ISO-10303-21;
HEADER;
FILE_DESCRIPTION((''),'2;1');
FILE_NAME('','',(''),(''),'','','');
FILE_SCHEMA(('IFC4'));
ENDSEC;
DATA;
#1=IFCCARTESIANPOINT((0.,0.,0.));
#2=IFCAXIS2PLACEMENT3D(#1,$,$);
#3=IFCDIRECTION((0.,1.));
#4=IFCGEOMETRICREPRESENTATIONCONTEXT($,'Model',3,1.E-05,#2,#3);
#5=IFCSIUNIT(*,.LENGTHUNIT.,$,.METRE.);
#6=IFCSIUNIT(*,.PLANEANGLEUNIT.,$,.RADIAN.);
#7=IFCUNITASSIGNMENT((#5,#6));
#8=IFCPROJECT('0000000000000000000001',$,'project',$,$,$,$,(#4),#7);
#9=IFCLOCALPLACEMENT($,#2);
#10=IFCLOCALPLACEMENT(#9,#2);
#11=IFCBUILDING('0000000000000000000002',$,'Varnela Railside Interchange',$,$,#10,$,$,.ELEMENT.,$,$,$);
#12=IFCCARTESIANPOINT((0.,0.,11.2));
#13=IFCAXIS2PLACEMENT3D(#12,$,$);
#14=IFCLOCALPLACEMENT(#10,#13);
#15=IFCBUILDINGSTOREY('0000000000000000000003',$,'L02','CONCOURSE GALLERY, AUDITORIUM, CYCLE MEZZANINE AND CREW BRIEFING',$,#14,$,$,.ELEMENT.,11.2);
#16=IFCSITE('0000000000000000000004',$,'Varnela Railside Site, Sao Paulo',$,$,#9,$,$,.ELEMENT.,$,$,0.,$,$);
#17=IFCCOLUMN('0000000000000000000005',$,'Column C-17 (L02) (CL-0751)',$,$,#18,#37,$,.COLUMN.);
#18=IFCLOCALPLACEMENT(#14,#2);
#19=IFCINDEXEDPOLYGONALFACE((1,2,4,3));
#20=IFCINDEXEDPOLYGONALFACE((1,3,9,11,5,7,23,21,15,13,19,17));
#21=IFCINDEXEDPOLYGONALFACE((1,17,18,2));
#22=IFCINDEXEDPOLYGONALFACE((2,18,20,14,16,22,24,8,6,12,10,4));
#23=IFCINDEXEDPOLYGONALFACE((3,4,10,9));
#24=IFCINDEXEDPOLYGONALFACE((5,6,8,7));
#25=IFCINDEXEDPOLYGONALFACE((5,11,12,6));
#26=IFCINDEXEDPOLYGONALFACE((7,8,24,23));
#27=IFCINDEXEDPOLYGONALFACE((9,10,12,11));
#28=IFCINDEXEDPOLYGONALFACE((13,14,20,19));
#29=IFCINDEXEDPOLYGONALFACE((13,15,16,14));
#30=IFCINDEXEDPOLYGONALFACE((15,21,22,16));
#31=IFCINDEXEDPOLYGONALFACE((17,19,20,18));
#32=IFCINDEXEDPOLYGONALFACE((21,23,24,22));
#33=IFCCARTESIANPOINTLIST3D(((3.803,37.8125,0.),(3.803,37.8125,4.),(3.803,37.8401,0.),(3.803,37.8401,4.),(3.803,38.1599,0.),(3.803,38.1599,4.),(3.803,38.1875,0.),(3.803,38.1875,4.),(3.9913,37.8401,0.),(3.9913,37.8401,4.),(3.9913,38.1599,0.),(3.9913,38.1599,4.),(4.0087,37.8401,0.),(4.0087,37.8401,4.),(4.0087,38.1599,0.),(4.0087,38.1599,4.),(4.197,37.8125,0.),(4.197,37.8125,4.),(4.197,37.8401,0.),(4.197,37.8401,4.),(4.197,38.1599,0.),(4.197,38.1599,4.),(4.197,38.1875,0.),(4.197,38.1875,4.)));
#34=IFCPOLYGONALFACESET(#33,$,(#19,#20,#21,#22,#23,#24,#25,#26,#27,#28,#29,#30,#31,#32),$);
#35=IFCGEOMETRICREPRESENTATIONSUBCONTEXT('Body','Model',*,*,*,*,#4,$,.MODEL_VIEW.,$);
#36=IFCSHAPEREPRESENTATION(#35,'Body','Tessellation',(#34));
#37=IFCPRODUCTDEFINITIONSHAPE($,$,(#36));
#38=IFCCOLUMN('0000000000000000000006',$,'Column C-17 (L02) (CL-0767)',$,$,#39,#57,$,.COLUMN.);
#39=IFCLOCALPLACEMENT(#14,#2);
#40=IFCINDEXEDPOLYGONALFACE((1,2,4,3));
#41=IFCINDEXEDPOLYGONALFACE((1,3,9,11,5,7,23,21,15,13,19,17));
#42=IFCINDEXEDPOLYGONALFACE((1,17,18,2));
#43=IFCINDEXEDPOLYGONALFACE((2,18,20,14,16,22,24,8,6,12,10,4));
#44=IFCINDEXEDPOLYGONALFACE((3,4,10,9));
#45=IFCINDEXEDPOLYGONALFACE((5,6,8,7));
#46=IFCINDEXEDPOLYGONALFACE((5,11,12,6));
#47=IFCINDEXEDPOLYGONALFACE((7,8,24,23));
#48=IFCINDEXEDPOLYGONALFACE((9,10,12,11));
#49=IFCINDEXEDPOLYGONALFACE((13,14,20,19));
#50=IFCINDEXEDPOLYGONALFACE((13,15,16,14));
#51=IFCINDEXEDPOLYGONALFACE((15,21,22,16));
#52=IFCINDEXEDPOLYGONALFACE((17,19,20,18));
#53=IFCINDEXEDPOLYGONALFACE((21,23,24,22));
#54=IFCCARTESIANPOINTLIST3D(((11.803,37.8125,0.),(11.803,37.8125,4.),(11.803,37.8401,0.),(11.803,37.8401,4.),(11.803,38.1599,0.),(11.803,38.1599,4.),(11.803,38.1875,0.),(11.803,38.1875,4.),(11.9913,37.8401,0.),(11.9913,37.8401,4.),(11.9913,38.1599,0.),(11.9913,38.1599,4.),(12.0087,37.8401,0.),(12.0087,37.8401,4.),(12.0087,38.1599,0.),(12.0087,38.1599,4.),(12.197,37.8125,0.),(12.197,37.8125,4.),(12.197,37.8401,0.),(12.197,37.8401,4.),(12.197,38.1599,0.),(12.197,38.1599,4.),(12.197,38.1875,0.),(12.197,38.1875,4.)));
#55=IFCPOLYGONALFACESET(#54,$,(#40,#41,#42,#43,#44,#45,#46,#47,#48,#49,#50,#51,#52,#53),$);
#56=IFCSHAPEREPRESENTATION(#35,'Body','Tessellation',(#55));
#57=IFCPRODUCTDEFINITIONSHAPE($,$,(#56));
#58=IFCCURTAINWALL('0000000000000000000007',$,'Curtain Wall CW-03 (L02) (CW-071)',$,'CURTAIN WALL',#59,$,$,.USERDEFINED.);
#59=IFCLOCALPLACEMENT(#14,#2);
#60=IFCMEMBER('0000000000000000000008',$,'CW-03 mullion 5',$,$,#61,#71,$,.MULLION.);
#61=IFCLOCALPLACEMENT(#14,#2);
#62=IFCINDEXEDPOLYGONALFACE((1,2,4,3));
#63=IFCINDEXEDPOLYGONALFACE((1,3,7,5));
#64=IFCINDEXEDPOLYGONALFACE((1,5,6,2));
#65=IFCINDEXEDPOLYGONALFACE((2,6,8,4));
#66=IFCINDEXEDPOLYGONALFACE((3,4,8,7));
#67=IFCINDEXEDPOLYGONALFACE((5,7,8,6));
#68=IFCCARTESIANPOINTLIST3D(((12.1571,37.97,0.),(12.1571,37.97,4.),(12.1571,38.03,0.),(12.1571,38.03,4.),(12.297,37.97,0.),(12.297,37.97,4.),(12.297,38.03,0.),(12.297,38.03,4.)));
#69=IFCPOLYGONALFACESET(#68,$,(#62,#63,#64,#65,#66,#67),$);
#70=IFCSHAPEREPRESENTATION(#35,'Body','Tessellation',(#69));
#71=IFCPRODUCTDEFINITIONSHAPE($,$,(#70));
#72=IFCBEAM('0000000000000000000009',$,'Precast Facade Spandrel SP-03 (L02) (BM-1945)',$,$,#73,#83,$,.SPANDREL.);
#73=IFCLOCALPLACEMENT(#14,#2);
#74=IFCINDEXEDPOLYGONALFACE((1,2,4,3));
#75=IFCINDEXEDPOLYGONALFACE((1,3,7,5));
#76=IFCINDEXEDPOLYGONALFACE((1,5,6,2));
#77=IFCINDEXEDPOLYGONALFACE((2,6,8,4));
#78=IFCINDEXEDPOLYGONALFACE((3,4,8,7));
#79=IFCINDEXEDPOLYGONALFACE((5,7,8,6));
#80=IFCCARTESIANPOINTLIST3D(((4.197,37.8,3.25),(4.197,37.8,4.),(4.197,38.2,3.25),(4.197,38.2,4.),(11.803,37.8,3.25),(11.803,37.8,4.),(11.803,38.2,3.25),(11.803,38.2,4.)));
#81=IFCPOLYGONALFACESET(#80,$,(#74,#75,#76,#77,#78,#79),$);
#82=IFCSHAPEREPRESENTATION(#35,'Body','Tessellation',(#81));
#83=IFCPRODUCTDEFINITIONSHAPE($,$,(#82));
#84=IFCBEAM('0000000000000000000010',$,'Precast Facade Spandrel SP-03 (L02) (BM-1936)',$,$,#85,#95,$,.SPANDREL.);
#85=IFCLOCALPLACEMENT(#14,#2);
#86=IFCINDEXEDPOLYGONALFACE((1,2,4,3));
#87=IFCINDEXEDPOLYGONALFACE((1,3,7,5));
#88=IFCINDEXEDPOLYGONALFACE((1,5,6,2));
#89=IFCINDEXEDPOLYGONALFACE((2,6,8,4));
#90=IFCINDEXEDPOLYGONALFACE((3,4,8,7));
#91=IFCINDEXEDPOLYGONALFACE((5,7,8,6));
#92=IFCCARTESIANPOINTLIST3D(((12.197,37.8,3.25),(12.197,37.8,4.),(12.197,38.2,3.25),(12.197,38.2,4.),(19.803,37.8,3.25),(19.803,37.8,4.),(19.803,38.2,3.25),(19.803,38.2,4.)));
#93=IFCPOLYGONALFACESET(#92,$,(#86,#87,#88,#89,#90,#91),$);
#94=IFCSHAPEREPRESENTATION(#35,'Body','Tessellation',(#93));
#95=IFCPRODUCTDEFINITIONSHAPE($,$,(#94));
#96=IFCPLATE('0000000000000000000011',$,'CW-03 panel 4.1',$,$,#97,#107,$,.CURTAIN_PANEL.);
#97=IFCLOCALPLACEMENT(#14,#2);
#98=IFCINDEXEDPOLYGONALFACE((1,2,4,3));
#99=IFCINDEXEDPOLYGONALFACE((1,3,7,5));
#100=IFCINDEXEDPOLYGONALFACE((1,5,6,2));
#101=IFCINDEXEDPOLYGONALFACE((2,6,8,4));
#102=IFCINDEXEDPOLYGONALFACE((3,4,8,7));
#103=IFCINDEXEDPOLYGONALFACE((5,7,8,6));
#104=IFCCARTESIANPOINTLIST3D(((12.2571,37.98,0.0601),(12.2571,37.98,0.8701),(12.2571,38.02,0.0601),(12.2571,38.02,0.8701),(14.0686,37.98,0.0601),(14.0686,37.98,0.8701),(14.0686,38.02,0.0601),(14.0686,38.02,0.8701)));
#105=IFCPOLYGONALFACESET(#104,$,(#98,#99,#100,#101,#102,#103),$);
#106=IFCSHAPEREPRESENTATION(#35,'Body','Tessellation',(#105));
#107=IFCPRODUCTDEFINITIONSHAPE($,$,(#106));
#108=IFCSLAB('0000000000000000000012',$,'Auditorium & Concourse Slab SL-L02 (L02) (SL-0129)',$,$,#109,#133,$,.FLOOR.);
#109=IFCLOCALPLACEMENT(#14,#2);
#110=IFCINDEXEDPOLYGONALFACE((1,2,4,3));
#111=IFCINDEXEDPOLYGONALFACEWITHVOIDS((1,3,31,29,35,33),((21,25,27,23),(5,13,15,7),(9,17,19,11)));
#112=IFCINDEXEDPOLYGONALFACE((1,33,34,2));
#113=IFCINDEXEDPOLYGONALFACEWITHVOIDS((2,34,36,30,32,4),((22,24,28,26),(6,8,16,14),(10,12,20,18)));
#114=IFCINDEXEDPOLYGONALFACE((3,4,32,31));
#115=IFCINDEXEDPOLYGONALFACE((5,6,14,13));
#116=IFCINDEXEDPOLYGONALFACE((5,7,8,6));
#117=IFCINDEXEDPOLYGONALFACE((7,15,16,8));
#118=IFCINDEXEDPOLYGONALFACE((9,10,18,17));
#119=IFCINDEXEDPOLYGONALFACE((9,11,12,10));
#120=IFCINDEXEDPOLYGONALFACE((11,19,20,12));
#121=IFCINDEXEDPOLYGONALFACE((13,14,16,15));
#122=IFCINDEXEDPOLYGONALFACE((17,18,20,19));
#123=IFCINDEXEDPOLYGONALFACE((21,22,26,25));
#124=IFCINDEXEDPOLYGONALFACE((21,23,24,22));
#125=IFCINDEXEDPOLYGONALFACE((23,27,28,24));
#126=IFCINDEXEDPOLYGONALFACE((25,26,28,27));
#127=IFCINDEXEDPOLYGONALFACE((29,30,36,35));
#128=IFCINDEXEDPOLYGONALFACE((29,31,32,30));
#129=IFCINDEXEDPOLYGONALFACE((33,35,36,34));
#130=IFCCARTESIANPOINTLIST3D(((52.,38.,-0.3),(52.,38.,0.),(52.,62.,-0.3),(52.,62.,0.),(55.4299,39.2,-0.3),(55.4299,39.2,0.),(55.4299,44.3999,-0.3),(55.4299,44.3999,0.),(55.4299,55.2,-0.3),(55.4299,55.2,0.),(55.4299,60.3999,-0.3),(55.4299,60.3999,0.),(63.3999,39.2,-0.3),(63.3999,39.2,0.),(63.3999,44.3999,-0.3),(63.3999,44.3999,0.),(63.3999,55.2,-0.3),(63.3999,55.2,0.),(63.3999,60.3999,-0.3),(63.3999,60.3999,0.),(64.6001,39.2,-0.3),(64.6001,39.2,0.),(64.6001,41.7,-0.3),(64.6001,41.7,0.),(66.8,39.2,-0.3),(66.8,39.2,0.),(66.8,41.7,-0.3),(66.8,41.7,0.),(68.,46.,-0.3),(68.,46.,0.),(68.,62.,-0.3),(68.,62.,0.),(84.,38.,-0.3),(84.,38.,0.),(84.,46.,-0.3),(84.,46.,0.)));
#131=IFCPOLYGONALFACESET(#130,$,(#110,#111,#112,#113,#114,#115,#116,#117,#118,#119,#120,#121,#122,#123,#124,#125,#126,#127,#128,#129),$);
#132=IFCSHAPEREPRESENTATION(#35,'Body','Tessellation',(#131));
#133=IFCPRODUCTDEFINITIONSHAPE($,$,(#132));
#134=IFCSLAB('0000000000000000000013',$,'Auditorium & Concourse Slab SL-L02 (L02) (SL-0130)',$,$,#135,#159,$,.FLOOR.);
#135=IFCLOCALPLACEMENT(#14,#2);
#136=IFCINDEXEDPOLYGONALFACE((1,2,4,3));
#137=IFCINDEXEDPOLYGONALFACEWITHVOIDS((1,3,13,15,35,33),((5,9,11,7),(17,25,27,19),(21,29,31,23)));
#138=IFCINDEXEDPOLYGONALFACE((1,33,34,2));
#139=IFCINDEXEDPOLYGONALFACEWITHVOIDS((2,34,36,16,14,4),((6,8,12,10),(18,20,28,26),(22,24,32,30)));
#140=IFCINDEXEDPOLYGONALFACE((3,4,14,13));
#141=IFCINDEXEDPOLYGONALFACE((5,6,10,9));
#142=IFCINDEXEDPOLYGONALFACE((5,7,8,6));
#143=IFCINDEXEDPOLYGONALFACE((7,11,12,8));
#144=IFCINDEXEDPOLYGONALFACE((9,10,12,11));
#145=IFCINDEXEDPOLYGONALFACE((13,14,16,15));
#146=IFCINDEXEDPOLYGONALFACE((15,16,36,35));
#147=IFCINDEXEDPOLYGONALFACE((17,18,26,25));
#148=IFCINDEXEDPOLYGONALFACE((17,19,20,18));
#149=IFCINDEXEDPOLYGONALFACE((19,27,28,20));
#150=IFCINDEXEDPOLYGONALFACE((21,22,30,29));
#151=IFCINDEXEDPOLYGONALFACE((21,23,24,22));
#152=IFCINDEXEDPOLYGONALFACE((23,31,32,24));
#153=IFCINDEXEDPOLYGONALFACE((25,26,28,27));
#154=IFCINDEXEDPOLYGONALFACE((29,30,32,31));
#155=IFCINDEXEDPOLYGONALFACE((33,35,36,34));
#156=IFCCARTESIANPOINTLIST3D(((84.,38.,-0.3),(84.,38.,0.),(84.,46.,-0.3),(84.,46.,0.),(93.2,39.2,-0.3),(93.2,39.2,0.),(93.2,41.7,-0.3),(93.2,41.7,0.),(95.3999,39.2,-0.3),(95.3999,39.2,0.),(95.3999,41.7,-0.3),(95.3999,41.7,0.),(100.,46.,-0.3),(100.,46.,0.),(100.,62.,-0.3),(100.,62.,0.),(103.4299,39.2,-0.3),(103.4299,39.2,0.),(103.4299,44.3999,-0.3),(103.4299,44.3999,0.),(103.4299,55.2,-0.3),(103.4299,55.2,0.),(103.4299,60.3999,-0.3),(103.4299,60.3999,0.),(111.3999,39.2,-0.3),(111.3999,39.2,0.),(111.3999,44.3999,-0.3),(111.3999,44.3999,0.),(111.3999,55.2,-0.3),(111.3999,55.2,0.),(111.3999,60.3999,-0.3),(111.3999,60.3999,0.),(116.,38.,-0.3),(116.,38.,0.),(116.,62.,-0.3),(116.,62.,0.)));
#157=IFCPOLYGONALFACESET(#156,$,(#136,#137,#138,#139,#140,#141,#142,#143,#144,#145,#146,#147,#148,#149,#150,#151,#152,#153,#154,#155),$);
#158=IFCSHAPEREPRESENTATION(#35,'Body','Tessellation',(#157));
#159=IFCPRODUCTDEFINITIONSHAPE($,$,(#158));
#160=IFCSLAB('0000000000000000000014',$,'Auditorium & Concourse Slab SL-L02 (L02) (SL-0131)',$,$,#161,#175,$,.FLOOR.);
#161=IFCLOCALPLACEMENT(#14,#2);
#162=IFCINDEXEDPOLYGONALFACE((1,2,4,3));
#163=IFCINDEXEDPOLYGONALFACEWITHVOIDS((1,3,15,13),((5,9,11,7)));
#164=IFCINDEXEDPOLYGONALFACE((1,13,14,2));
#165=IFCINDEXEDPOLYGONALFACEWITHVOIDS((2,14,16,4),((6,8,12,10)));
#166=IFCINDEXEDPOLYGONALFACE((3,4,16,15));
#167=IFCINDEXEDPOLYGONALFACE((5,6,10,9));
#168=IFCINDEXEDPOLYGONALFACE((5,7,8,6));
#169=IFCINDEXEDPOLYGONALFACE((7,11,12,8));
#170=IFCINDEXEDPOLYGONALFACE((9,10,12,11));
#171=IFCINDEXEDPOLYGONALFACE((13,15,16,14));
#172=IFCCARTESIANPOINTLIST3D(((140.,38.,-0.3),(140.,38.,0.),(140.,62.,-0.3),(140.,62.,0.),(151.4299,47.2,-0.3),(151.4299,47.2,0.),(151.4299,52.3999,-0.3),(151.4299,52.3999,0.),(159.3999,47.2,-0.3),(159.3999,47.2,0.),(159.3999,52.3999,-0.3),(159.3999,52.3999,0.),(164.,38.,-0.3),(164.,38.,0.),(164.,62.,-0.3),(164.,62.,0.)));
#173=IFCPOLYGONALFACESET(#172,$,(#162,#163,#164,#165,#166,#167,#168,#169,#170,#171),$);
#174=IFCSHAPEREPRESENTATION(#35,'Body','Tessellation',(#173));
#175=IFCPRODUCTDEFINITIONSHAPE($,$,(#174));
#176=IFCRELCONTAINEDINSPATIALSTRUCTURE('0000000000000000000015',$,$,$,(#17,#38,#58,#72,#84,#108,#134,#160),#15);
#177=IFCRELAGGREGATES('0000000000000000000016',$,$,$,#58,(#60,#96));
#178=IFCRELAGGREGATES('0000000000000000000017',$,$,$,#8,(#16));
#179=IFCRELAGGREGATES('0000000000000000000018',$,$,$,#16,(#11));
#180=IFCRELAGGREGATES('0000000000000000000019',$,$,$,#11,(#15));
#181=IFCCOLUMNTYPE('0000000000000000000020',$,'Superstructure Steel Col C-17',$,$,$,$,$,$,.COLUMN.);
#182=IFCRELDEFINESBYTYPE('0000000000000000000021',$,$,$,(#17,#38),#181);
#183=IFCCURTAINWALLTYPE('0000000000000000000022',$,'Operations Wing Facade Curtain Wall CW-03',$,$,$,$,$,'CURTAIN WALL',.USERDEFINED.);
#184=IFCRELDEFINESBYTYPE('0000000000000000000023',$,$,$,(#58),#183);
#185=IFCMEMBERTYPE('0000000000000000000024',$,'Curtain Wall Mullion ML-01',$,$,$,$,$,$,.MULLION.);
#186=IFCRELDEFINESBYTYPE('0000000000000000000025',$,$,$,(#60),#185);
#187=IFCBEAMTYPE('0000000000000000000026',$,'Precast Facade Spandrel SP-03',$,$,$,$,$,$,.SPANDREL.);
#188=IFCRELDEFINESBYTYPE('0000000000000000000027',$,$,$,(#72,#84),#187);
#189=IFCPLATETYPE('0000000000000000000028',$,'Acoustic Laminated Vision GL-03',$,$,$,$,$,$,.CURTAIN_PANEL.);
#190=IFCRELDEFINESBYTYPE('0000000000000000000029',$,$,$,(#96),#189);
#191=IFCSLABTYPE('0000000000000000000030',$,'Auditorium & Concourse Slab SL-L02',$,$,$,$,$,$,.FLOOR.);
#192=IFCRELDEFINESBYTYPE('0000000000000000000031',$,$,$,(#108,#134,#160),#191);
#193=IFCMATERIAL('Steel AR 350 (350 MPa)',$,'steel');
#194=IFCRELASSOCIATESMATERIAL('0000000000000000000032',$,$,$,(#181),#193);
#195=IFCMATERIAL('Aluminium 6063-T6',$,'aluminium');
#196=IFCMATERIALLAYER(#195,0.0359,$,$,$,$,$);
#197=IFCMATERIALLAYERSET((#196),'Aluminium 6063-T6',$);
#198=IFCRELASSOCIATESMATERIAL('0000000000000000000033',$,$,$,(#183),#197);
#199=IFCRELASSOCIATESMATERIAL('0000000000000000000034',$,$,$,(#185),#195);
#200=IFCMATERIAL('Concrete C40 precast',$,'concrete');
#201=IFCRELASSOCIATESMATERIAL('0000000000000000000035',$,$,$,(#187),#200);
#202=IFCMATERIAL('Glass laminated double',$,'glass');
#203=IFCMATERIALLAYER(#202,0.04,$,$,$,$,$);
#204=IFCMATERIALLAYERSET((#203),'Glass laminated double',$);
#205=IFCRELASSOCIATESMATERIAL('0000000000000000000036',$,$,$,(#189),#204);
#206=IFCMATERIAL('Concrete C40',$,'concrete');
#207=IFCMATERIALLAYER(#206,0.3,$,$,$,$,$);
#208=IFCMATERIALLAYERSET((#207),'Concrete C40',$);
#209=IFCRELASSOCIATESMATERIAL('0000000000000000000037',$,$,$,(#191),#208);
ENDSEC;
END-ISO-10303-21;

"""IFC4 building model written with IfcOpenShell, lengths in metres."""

from ifc_helpers import new_model, si_unit, direction, frame, origin, origin_2d, place, context, subcontext, project, spatial, polyline, rectangle, i_section, outline, extrude, material, layer, layer_set, material_profile, profile_set, type_object, element, aggregate, save


model = new_model("IFC4")

# Units and contexts
model_context = context("Model", 3, precision=1e-05, world=origin(), true_north=direction((0.0, 1.0)))
body_context = subcontext(model_context, "Body", "Model", "MODEL_VIEW")
ifc_project = project(units=[si_unit("LENGTHUNIT", "METRE"), si_unit("PLANEANGLEUNIT", "RADIAN")], contexts=[model_context])

# Site, building, storey
site_placement = place(None, origin())
site = spatial("IfcSite", under=ifc_project, at=site_placement, Name="Varnela Railside Site, Sao Paulo", CompositionType="ELEMENT", RefElevation=0.0)
building_placement = place(site_placement, origin())
building = spatial("IfcBuilding", under=site, at=building_placement, Name="Varnela Railside Interchange", CompositionType="ELEMENT")
storey_placement = place(building_placement, frame((0.0, 0.0, 11.2)))
storey = spatial("IfcBuildingStorey", under=building, at=storey_placement, Name="L02", Description="CONCOURSE GALLERY, AUDITORIUM, CYCLE MEZZANINE AND CREW BRIEFING", CompositionType="ELEMENT", Elevation=11.2)

# Columns
ifc_material_1 = material(Name="Steel AR 350 (350 MPa)", Category="steel")
ifc_material_profile_1 = material_profile(ifc_material_1, i_section(OverallWidth=0.394, OverallDepth=0.375, WebThickness=0.0173, FlangeThickness=0.0276, at=origin_2d()), Name="W360x216")
ifc_profile_set_1 = profile_set([ifc_material_profile_1], Name="Steel AR 350 (350 MPa)")
column_type = type_object("IfcColumnType", Name="Superstructure Steel Col C-17", PredefinedType="COLUMN", material=ifc_profile_set_1)
for number, where, z_axis, x_axis, name in (
    (1, (4.0, 38.0, 0.0), (0.0, 0.0, 1.0), (1.0, 0.0, 0.0), "Column C-17 (L02) (CL-0751)"),
    (2, (12.0, 38.0, 0.0), (0.0, 0.0, 1.0), (1.0, 0.0, 0.0), "Column C-17 (L02) (CL-0767)"),
):
    element("IfcColumn", number, at=place(storey_placement, frame(where, z_axis=z_axis, x_axis=x_axis)), inside=storey, type_object=column_type, Name=name, PredefinedType="COLUMN", context=body_context, shape_type="SweptSolid", body=[
        extrude(i_section(OverallWidth=0.394, OverallDepth=0.375, WebThickness=0.0173, FlangeThickness=0.0276, at=origin_2d()), origin(), (0.0, 0.0, 1.0), 4.0),
    ])

# Curtain wall, member
ifc_material_2 = material(Name="Aluminium 6063-T6", Category="aluminium")
ifc_layer_1 = layer(ifc_material_2, 0.0359)
ifc_layer_set_1 = layer_set([ifc_layer_1], Name="Aluminium 6063-T6")
curtain_wall_type = type_object("IfcCurtainWallType", Name="Operations Wing Facade Curtain Wall CW-03", ElementType="CURTAIN WALL", PredefinedType="USERDEFINED", material=ifc_layer_set_1)
curtain_wall_placement = place(storey_placement, origin())
curtain_wall = element("IfcCurtainWall", 3, at=curtain_wall_placement, inside=storey, type_object=curtain_wall_type, Name="Curtain Wall CW-03 (L02) (CW-071)", ObjectType="CURTAIN WALL", PredefinedType="USERDEFINED")
ifc_material_profile_2 = material_profile(ifc_material_2, rectangle(XDim=0.0601, YDim=0.1399, at=origin_2d()), Name="ALU 60x140")
ifc_profile_set_2 = profile_set([ifc_material_profile_2], Name="Aluminium 6063-T6")
member_type = type_object("IfcMemberType", Name="Curtain Wall Mullion ML-01", PredefinedType="MULLION", material=ifc_profile_set_2)
member_placement = place(storey_placement, frame((12.2271, 38.0, 0.0), z_axis=(0.0, 0.0, 1.0), x_axis=(0.0, -1.0, 0.0)))
member = element("IfcMember", 4, at=member_placement, type_object=member_type, Name="CW-03 mullion 5", PredefinedType="MULLION", context=body_context, shape_type="SweptSolid", body=[
    extrude(rectangle(XDim=0.0601, YDim=0.1399, at=origin_2d()), origin(), (0.0, 0.0, 1.0), 4.0),
])

# Beams
ifc_material_3 = material(Name="Concrete C40 precast", Category="concrete")
ifc_material_profile_3 = material_profile(ifc_material_3, rectangle(XDim=0.3999, YDim=0.75, at=origin_2d()), Name="PC 400x750")
ifc_profile_set_3 = profile_set([ifc_material_profile_3], Name="Concrete C40 precast")
beam_type = type_object("IfcBeamType", Name="Precast Facade Spandrel SP-03", PredefinedType="SPANDREL", material=ifc_profile_set_3)
for number, where, z_axis, x_axis, name in (
    (5, (4.197, 38.0, 3.625), (1.0, 0.0, 0.0), (0.0, 1.0, 0.0), "Precast Facade Spandrel SP-03 (L02) (BM-1945)"),
    (6, (12.197, 38.0, 3.625), (1.0, 0.0, 0.0), (0.0, 1.0, 0.0), "Precast Facade Spandrel SP-03 (L02) (BM-1936)"),
):
    element("IfcBeam", number, at=place(storey_placement, frame(where, z_axis=z_axis, x_axis=x_axis)), inside=storey, type_object=beam_type, Name=name, PredefinedType="SPANDREL", context=body_context, shape_type="SweptSolid", body=[
        extrude(rectangle(XDim=0.3999, YDim=0.75, at=origin_2d()), origin(), (0.0, 0.0, 1.0), 7.606),
    ])

# Plate
ifc_material_4 = material(Name="Glass laminated double", Category="glass")
ifc_layer_2 = layer(ifc_material_4, 0.04)
ifc_layer_set_2 = layer_set([ifc_layer_2], Name="Glass laminated double")
plate_type = type_object("IfcPlateType", Name="Acoustic Laminated Vision GL-03", PredefinedType="CURTAIN_PANEL", material=ifc_layer_set_2)
plate_placement = place(storey_placement, frame((13.1628, 38.0, 0.0601), z_axis=(0.0, 0.0, 1.0), x_axis=(-1.0, 0.0, 0.0)))
plate = element("IfcPlate", 7, at=plate_placement, type_object=plate_type, Name="CW-03 panel 4.1", PredefinedType="CURTAIN_PANEL", context=body_context, shape_type="SweptSolid", body=[
    extrude(rectangle(XDim=1.8115, YDim=0.04, at=origin_2d()), origin(), (0.0, 0.0, 1.0), 0.8101),
])
aggregate(curtain_wall, [member, plate])

# Slabs
ifc_material_5 = material(Name="Concrete C40", Category="concrete")
ifc_layer_3 = layer(ifc_material_5, 0.3)
ifc_layer_set_3 = layer_set([ifc_layer_3], Name="Concrete C40")
slab_type_1 = type_object("IfcSlabType", Name="Auditorium & Concourse Slab SL-L02", PredefinedType="FLOOR", material=ifc_layer_set_3)
slab_1_placement = place(storey_placement, frame((0.0, 0.0, -0.3)))
element("IfcSlab", 8, at=slab_1_placement, inside=storey, type_object=slab_type_1, Name="Auditorium & Concourse Slab SL-L02 (L02) (SL-0129)", PredefinedType="FLOOR", context=body_context, shape_type="SweptSolid", body=[
    extrude(outline(polyline([(52.0, 38.0), (84.0, 38.0), (84.0, 46.0), (68.0, 46.0), (68.0, 62.0), (52.0, 62.0), (52.0, 38.0)]), holes=[polyline([(55.4299, 39.2), (63.3999, 39.2), (63.3999, 44.3999), (55.4299, 44.3999), (55.4299, 39.2)]), polyline([(55.4299, 55.2), (63.3999, 55.2), (63.3999, 60.3999), (55.4299, 60.3999), (55.4299, 55.2)]), polyline([(64.6001, 39.2), (66.8, 39.2), (66.8, 41.7), (64.6001, 41.7), (64.6001, 39.2)])]), origin(), (0.0, 0.0, 1.0), 0.3),
])
slab_2_placement = place(storey_placement, frame((0.0, 0.0, -0.3)))
element("IfcSlab", 9, at=slab_2_placement, inside=storey, type_object=slab_type_1, Name="Auditorium & Concourse Slab SL-L02 (L02) (SL-0130)", PredefinedType="FLOOR", context=body_context, shape_type="SweptSolid", body=[
    extrude(outline(polyline([(84.0, 38.0), (116.0, 38.0), (116.0, 62.0), (100.0, 62.0), (100.0, 46.0), (84.0, 46.0), (84.0, 38.0)]), holes=[polyline([(103.4299, 39.2), (111.3999, 39.2), (111.3999, 44.3999), (103.4299, 44.3999), (103.4299, 39.2)]), polyline([(103.4299, 55.2), (111.3999, 55.2), (111.3999, 60.3999), (103.4299, 60.3999), (103.4299, 55.2)]), polyline([(93.2, 39.2), (95.3999, 39.2), (95.3999, 41.7), (93.2, 41.7), (93.2, 39.2)])]), origin(), (0.0, 0.0, 1.0), 0.3),
])
slab_3_placement = place(storey_placement, frame((0.0, 0.0, -0.3)))
element("IfcSlab", 10, at=slab_3_placement, inside=storey, type_object=slab_type_1, Name="Auditorium & Concourse Slab SL-L02 (L02) (SL-0131)", PredefinedType="FLOOR", context=body_context, shape_type="SweptSolid", body=[
    extrude(outline(polyline([(140.0, 38.0), (164.0, 38.0), (164.0, 62.0), (140.0, 62.0), (140.0, 38.0)]), holes=[polyline([(151.4299, 47.2), (159.3999, 47.2), (159.3999, 52.3999), (151.4299, 52.3999), (151.4299, 47.2)])]), origin(), (0.0, 0.0, 1.0), 0.3),
])

save(model, "model.ifc")
